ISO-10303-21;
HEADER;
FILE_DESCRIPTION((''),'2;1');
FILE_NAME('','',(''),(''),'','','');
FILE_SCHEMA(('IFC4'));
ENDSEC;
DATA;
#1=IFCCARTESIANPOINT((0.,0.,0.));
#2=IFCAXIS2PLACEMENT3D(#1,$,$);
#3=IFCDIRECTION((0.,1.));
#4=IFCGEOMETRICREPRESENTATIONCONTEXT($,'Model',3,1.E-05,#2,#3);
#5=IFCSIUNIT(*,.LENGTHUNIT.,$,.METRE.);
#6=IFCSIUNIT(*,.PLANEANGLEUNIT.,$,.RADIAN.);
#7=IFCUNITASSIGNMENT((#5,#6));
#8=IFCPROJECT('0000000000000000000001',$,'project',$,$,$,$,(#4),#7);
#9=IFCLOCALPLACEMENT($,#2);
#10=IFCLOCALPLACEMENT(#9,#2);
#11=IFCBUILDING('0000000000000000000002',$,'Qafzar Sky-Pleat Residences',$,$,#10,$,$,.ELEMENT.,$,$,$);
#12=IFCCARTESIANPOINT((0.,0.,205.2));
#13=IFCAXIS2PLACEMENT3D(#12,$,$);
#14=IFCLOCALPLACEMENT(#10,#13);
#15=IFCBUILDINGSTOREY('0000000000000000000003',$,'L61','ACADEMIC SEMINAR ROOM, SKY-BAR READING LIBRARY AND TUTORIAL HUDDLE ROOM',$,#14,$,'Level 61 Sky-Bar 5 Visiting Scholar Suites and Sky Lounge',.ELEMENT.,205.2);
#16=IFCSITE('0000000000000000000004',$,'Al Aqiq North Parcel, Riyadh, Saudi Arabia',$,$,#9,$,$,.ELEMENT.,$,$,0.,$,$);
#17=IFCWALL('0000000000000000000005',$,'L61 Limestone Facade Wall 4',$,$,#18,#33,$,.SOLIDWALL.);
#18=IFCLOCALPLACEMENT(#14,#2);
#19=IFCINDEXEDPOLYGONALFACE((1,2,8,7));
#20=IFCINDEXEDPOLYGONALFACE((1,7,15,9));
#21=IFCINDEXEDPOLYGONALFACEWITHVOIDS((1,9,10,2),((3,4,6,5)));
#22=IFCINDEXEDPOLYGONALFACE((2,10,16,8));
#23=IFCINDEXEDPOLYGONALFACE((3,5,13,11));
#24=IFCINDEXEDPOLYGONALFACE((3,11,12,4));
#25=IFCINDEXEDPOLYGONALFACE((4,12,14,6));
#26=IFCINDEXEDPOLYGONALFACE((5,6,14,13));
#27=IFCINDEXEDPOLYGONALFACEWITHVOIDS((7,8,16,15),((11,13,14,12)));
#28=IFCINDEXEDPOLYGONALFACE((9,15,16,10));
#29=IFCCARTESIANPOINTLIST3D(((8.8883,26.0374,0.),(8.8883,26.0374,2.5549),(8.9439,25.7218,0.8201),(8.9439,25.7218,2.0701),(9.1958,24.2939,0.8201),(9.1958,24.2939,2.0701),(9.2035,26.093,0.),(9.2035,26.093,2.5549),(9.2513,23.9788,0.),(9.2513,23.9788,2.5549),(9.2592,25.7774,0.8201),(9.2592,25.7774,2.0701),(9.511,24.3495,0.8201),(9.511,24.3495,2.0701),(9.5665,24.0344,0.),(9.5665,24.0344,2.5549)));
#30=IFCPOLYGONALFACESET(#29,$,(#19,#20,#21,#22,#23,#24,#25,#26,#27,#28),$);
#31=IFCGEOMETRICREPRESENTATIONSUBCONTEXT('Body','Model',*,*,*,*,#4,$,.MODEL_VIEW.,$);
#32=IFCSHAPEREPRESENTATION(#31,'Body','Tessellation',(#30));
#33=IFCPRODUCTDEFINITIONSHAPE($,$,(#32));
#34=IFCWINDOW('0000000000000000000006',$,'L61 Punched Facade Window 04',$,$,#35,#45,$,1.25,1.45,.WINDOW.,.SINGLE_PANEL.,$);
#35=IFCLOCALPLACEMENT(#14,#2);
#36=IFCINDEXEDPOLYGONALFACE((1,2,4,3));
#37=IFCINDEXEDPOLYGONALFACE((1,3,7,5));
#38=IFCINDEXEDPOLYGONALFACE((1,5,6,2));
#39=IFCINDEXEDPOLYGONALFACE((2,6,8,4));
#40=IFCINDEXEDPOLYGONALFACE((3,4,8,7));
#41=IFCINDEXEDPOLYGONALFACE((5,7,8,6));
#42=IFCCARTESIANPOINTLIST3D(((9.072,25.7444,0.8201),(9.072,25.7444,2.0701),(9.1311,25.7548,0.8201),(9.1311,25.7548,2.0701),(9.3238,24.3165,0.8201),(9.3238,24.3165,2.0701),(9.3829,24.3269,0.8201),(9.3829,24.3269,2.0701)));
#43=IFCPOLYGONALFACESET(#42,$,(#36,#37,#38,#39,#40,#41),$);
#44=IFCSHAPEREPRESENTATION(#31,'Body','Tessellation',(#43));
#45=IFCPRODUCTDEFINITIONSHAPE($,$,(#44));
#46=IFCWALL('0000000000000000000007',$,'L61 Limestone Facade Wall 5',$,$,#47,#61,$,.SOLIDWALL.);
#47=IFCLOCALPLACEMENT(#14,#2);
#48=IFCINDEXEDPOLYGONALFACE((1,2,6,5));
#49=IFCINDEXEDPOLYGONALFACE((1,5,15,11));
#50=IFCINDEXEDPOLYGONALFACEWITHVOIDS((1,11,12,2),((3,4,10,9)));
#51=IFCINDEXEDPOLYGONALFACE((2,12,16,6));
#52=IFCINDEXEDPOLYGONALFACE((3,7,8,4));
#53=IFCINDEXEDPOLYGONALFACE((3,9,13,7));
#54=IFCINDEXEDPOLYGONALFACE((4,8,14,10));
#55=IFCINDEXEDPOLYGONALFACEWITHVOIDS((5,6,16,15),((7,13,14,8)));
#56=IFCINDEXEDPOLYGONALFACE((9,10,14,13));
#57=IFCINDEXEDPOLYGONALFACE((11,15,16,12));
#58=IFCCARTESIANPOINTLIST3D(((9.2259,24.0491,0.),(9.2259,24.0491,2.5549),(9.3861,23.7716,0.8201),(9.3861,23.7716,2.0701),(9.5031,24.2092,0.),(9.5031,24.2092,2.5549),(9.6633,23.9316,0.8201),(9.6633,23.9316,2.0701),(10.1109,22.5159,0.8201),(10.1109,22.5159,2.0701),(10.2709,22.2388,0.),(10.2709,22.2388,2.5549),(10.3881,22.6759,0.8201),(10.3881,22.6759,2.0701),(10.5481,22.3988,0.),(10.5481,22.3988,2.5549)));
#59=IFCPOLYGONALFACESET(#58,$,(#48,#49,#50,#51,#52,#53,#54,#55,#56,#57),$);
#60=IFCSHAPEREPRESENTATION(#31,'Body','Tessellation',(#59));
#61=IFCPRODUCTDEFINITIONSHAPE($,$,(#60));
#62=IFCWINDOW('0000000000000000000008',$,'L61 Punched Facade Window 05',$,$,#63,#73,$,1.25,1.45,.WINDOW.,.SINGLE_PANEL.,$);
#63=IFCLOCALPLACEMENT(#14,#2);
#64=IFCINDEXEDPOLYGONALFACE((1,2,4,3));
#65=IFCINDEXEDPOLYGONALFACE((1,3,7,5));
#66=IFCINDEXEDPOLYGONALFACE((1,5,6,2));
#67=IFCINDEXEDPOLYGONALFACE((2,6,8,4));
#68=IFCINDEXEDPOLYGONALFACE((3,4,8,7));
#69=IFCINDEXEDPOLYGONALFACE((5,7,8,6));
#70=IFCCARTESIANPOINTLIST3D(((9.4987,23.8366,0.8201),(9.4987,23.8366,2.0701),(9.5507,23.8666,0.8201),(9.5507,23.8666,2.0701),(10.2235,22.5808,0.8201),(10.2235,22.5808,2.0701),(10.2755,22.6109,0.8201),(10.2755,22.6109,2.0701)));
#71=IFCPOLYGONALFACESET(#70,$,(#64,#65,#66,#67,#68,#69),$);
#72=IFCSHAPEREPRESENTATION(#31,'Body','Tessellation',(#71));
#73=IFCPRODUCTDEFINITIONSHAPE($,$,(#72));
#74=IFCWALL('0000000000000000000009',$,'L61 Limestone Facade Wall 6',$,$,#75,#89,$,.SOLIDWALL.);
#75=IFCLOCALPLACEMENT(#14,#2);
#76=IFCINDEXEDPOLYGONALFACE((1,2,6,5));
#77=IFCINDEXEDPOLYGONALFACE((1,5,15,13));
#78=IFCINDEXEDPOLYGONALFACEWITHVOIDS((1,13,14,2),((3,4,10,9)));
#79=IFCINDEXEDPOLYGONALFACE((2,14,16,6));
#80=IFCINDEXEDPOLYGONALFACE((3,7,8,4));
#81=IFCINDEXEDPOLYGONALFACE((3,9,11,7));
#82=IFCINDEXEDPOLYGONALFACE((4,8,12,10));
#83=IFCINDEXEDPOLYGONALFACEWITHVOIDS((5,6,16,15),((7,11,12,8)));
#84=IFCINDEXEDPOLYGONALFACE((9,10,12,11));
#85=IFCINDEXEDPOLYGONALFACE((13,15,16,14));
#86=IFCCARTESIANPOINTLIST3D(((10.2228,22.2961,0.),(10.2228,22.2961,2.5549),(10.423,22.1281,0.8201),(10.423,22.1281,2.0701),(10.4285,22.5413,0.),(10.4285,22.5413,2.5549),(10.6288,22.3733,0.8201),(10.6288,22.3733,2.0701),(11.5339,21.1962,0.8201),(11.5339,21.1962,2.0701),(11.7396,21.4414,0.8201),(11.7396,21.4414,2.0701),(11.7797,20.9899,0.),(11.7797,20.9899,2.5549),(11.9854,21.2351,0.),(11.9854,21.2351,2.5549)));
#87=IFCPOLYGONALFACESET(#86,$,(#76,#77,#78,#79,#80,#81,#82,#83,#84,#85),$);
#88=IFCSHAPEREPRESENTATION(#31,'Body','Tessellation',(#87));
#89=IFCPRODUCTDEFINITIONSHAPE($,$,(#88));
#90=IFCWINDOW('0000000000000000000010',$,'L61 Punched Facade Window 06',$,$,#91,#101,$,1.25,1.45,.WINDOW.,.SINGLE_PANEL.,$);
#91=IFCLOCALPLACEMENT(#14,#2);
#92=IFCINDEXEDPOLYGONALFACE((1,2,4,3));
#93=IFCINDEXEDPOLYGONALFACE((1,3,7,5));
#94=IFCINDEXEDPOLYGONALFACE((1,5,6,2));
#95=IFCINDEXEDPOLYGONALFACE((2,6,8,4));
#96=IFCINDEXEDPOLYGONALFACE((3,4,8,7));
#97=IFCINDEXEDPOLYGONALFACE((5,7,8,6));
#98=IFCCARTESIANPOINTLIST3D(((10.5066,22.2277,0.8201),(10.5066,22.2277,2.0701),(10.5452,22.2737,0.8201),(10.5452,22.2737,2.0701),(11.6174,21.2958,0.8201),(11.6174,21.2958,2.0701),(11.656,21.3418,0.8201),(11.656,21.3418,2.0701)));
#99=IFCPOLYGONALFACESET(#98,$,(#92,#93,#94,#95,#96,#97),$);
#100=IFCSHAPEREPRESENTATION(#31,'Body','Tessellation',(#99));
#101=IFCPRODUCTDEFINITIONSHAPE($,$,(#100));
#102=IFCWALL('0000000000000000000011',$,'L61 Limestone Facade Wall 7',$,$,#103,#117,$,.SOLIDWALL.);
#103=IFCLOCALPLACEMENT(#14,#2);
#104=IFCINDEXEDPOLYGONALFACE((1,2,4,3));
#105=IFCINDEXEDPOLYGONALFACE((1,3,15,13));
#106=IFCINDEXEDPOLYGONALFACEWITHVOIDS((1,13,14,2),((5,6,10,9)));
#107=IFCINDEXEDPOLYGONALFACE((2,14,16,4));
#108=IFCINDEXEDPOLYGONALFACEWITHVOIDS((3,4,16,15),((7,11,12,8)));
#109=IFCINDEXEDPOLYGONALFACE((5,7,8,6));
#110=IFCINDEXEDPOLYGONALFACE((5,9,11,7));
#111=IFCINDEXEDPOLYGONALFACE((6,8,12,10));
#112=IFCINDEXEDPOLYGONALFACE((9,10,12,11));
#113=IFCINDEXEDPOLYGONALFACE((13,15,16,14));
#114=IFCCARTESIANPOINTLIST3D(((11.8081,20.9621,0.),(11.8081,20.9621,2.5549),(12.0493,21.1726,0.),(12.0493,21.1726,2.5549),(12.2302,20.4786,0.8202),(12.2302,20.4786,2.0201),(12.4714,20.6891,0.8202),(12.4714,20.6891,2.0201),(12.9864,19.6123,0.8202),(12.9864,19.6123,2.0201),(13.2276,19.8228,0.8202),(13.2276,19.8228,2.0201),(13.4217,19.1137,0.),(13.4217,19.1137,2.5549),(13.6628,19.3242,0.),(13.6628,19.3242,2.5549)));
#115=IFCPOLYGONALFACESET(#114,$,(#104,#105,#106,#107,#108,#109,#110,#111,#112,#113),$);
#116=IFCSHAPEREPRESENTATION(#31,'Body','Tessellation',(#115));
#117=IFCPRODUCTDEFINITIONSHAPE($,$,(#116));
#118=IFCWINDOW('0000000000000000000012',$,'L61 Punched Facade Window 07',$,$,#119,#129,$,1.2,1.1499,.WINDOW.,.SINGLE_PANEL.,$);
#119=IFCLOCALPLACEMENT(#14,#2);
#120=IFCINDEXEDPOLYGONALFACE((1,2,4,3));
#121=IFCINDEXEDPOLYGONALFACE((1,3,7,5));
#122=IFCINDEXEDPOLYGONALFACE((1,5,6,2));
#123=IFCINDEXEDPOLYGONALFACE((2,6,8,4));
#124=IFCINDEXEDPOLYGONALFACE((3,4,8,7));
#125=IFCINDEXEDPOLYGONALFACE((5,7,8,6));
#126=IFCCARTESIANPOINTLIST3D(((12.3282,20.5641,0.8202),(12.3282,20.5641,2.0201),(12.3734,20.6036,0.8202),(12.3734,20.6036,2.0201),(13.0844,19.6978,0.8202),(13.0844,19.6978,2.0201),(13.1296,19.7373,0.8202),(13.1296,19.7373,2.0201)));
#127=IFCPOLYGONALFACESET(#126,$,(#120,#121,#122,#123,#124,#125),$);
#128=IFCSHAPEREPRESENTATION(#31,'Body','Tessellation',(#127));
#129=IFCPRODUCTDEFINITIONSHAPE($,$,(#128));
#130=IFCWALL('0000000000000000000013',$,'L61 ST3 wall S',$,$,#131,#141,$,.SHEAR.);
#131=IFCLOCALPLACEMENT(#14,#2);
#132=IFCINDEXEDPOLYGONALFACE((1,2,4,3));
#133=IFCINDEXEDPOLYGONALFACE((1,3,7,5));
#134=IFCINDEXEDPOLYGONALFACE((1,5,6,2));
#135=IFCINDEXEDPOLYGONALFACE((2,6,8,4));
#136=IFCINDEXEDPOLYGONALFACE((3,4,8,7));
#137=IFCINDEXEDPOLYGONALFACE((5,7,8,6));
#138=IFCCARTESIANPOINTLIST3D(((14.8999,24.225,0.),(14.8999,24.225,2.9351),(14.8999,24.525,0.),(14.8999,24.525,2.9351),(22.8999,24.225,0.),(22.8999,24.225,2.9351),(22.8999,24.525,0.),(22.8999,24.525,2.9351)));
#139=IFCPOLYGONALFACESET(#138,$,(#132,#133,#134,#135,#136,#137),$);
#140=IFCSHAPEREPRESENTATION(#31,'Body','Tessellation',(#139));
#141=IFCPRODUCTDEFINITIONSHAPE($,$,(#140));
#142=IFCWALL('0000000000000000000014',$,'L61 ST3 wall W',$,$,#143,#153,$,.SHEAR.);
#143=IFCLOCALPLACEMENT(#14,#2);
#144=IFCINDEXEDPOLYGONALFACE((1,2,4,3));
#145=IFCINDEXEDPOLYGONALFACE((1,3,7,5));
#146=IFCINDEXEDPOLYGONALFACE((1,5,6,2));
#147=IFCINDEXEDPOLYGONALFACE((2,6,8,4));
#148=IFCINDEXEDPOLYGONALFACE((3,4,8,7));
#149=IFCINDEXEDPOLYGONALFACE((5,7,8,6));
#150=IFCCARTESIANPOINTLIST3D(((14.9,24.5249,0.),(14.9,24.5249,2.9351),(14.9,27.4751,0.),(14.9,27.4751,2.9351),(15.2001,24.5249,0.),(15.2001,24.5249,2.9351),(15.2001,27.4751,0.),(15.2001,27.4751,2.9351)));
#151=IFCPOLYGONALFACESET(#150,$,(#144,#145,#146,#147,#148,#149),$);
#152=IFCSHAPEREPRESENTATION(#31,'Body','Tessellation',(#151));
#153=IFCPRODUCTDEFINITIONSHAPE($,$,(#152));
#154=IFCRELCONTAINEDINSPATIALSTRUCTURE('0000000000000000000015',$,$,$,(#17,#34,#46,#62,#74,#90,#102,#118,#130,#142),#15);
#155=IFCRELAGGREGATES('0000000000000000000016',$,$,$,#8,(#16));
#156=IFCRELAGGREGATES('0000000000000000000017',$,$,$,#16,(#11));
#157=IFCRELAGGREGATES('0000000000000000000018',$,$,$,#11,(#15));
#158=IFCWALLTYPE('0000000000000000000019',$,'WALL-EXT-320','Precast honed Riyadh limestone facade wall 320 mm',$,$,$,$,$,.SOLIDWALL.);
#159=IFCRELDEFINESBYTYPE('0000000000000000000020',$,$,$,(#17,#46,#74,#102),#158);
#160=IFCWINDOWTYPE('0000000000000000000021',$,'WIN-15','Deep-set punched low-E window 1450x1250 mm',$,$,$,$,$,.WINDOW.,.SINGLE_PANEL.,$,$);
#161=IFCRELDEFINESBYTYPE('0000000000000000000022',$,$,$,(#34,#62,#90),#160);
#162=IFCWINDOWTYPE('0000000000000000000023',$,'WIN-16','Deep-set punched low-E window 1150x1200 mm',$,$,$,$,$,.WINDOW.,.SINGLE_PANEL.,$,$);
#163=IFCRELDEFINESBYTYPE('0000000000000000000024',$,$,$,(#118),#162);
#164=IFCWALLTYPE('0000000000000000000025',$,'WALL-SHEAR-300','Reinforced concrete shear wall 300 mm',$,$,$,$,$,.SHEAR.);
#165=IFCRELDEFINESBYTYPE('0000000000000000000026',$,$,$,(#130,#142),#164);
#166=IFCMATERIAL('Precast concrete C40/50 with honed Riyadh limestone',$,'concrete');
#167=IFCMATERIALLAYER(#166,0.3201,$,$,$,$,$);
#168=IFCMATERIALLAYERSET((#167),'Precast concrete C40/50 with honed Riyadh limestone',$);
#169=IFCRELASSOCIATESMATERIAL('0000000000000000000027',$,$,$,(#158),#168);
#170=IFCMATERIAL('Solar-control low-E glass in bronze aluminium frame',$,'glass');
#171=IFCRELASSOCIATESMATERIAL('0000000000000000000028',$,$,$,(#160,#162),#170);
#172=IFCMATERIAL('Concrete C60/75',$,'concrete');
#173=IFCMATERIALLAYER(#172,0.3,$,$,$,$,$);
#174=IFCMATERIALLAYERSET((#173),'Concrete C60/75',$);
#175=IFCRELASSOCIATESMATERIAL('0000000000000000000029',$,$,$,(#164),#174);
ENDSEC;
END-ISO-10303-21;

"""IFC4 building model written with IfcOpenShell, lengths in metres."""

from ifc_helpers import new_model, si_unit, direction, frame, frame_2d, origin, place, context, subcontext, project, spatial, rectangle, extrude, source, transform, mapped, material, layer, layer_set, type_object, element, fill, save


model = new_model("IFC4")

# Units and contexts
model_context = context("Model", 3, precision=1e-05, world=origin(), true_north=direction((0.0, 1.0)))
body_context = subcontext(model_context, "Body", "Model", "MODEL_VIEW")
ifc_project = project(units=[si_unit("LENGTHUNIT", "METRE"), si_unit("PLANEANGLEUNIT", "RADIAN")], contexts=[model_context])

# Site, building, storey
site_placement = place(None, origin())
site = spatial("IfcSite", under=ifc_project, at=site_placement, Name="Al Aqiq North Parcel, Riyadh, Saudi Arabia", CompositionType="ELEMENT", RefElevation=0.0)
building_placement = place(site_placement, origin())
building = spatial("IfcBuilding", under=site, at=building_placement, Name="Qafzar Sky-Pleat Residences", CompositionType="ELEMENT")
storey_placement = place(building_placement, frame((0.0, 0.0, 205.2)))
storey = spatial("IfcBuildingStorey", under=building, at=storey_placement, Name="L61", Description="ACADEMIC SEMINAR ROOM, SKY-BAR READING LIBRARY AND TUTORIAL HUDDLE ROOM", LongName="Level 61 Sky-Bar 5 Visiting Scholar Suites and Sky Lounge", CompositionType="ELEMENT", Elevation=205.2)

# Walls, openings, windows
ifc_material_1 = material(Name="Precast concrete C40/50 with honed Riyadh limestone", Category="concrete")
ifc_layer_1 = layer(ifc_material_1, 0.3201)
ifc_layer_set_1 = layer_set([ifc_layer_1], Name="Precast concrete C40/50 with honed Riyadh limestone")
wall_type_1 = type_object("IfcWallType", Name="WALL-EXT-320", Description="Precast honed Riyadh limestone facade wall 320 mm", PredefinedType="SOLIDWALL", material=ifc_layer_set_1)
ifc_material_2 = material(Name="Solar-control low-E glass in bronze aluminium frame", Category="glass")
wall_1_placement = place(storey_placement, frame((9.0459, 26.0652, 0.0), z_axis=(0.0, 0.0, 1.0), x_axis=(0.173672, -0.984804, 0.0)))
wall_1 = element("IfcWall", 1, at=wall_1_placement, inside=storey, type_object=wall_type_1, Name="L61 Limestone Facade Wall 4", PredefinedType="SOLIDWALL", context=body_context, shape_type="SweptSolid", body=[
    extrude(rectangle(XDim=2.0903, YDim=0.3201, at=frame_2d((1.0452, 0.0))), origin(), (0.0, 0.0, 1.0), 2.5549),
])
opening_1_placement = place(wall_1_placement, frame((0.3203, 0.0, 0.8201)))
opening_1 = element("IfcOpeningElement", 2, at=opening_1_placement, cuts=wall_1, PredefinedType="OPENING", context=body_context, shape_type="SweptSolid", body=[
    extrude(rectangle(XDim=1.45, YDim=1.25, at=frame_2d((0.7251, 0.625))), frame((0.0, 0.1699, 0.0), z_axis=(0.0, -1.0, 0.0), x_axis=(1.0, 0.0, 0.0)), (0.0, 0.0, 1.0), 0.3401),
])
window_type_1 = type_object("IfcWindowType", Name="WIN-15", Description="Deep-set punched low-E window 1450x1250 mm", PartitioningType="SINGLE_PANEL", PredefinedType="WINDOW", material=ifc_material_2)
shared_shape_1 = source(origin(), body_context, "Body", "SweptSolid", [
    extrude(rectangle(XDim=1.45, YDim=1.25, at=frame_2d((0.7251, 0.625))), frame((0.0, 0.03, 0.0), z_axis=(0.0, -1.0, 0.0), x_axis=(1.0, 0.0, 0.0)), (0.0, 0.0, 1.0), 0.0601),
])
window_1_placement = place(opening_1_placement, origin())
window_1 = element("IfcWindow", 3, at=window_1_placement, inside=storey, type_object=window_type_1, Name="L61 Punched Facade Window 04", OverallHeight=1.25, OverallWidth=1.45, PartitioningType="SINGLE_PANEL", PredefinedType="WINDOW", context=body_context, shape_type="MappedRepresentation", body=[
    mapped(shared_shape_1, transform((0.0, 0.0, 0.0), x_axis=(1.0, 0.0, 0.0), y_axis=(0.0, 1.0, 0.0), z_axis=(0.0, 0.0, 1.0), scale=1.0)),
])
fill(opening_1, window_1)
wall_2_placement = place(storey_placement, frame((9.3645, 24.1292, 0.0), z_axis=(0.0, 0.0, 1.0), x_axis=(0.499908, -0.866079, 0.0)))
wall_2 = element("IfcWall", 4, at=wall_2_placement, inside=storey, type_object=wall_type_1, Name="L61 Limestone Facade Wall 5", PredefinedType="SOLIDWALL", context=body_context, shape_type="SweptSolid", body=[
    extrude(rectangle(XDim=2.0903, YDim=0.3201, at=frame_2d((1.0452, 0.0))), origin(), (0.0, 0.0, 1.0), 2.5549),
])
opening_2_placement = place(wall_2_placement, frame((0.3203, 0.0, 0.8201)))
opening_2 = element("IfcOpeningElement", 5, at=opening_2_placement, cuts=wall_2, PredefinedType="OPENING", context=body_context, shape_type="SweptSolid", body=[
    extrude(rectangle(XDim=1.45, YDim=1.25, at=frame_2d((0.7251, 0.625))), frame((0.0, 0.1699, 0.0), z_axis=(0.0, -1.0, 0.0), x_axis=(1.0, 0.0, 0.0)), (0.0, 0.0, 1.0), 0.3401),
])
window_2_placement = place(opening_2_placement, origin())
window_2 = element("IfcWindow", 6, at=window_2_placement, inside=storey, type_object=window_type_1, Name="L61 Punched Facade Window 05", OverallHeight=1.25, OverallWidth=1.45, PartitioningType="SINGLE_PANEL", PredefinedType="WINDOW", context=body_context, shape_type="MappedRepresentation", body=[
    mapped(shared_shape_1, transform((0.0, 0.0, 0.0), x_axis=(1.0, 0.0, 0.0), y_axis=(0.0, 1.0, 0.0), z_axis=(0.0, 0.0, 1.0), scale=1.0)),
])
fill(opening_2, window_2)
wall_3_placement = place(storey_placement, frame((10.3257, 22.4187, 0.0), z_axis=(0.0, 0.0, 1.0), x_axis=(0.7661, -0.642721, 0.0)))
wall_3 = element("IfcWall", 7, at=wall_3_placement, inside=storey, type_object=wall_type_1, Name="L61 Limestone Facade Wall 6", PredefinedType="SOLIDWALL", context=body_context, shape_type="SweptSolid", body=[
    extrude(rectangle(XDim=2.0322, YDim=0.3201, at=frame_2d((1.0161, 0.0))), origin(), (0.0, 0.0, 1.0), 2.5549),
])
opening_3_placement = place(wall_3_placement, frame((0.2612, 0.0, 0.8201)))
opening_3 = element("IfcOpeningElement", 8, at=opening_3_placement, cuts=wall_3, PredefinedType="OPENING", context=body_context, shape_type="SweptSolid", body=[
    extrude(rectangle(XDim=1.45, YDim=1.25, at=frame_2d((0.7251, 0.625))), frame((0.0, 0.1699, 0.0), z_axis=(0.0, -1.0, 0.0), x_axis=(1.0, 0.0, 0.0)), (0.0, 0.0, 1.0), 0.3401),
])
window_3_placement = place(opening_3_placement, origin())
window_3 = element("IfcWindow", 9, at=window_3_placement, inside=storey, type_object=window_type_1, Name="L61 Punched Facade Window 06", OverallHeight=1.25, OverallWidth=1.45, PartitioningType="SINGLE_PANEL", PredefinedType="WINDOW", context=body_context, shape_type="MappedRepresentation", body=[
    mapped(shared_shape_1, transform((0.0, 0.0, 0.0), x_axis=(1.0, 0.0, 0.0), y_axis=(0.0, 1.0, 0.0), z_axis=(0.0, 0.0, 1.0), scale=1.0)),
])
fill(opening_3, window_3)
wall_4_placement = place(storey_placement, frame((11.9287, 21.0674, 0.0), z_axis=(0.0, 0.0, 1.0), x_axis=(0.657624, -0.753347, 0.0)))
wall_4 = element("IfcWall", 10, at=wall_4_placement, inside=storey, type_object=wall_type_1, Name="L61 Limestone Facade Wall 7", PredefinedType="SOLIDWALL", context=body_context, shape_type="SweptSolid", body=[
    extrude(rectangle(XDim=2.4536, YDim=0.3201, at=frame_2d((1.2268, 0.0))), origin(), (0.0, 0.0, 1.0), 2.5549),
])
opening_4_placement = place(wall_4_placement, frame((0.6418, 0.0, 0.8201)))
opening_4 = element("IfcOpeningElement", 11, at=opening_4_placement, cuts=wall_4, PredefinedType="OPENING", context=body_context, shape_type="SweptSolid", body=[
    extrude(rectangle(XDim=1.1499, YDim=1.2, at=frame_2d((0.575, 0.6001))), frame((0.0, 0.1699, 0.0), z_axis=(0.0, -1.0, 0.0), x_axis=(1.0, 0.0, 0.0)), (0.0, 0.0, 1.0), 0.3401),
])
window_type_2 = type_object("IfcWindowType", Name="WIN-16", Description="Deep-set punched low-E window 1150x1200 mm", PartitioningType="SINGLE_PANEL", PredefinedType="WINDOW", material=ifc_material_2)
shared_shape_2 = source(origin(), body_context, "Body", "SweptSolid", [
    extrude(rectangle(XDim=1.1499, YDim=1.2, at=frame_2d((0.575, 0.6001))), frame((0.0, 0.03, 0.0), z_axis=(0.0, -1.0, 0.0), x_axis=(1.0, 0.0, 0.0)), (0.0, 0.0, 1.0), 0.0601),
])
window_4_placement = place(opening_4_placement, origin())
window_4 = element("IfcWindow", 12, at=window_4_placement, inside=storey, type_object=window_type_2, Name="L61 Punched Facade Window 07", OverallHeight=1.2, OverallWidth=1.1499, PartitioningType="SINGLE_PANEL", PredefinedType="WINDOW", context=body_context, shape_type="MappedRepresentation", body=[
    mapped(shared_shape_2, transform((0.0, 0.0, 0.0), x_axis=(1.0, 0.0, 0.0), y_axis=(0.0, 1.0, 0.0), z_axis=(0.0, 0.0, 1.0), scale=1.0)),
])
fill(opening_4, window_4)

# Walls
ifc_material_3 = material(Name="Concrete C60/75", Category="concrete")
ifc_layer_2 = layer(ifc_material_3, 0.3)
ifc_layer_set_2 = layer_set([ifc_layer_2], Name="Concrete C60/75")
wall_type_2 = type_object("IfcWallType", Name="WALL-SHEAR-300", Description="Reinforced concrete shear wall 300 mm", PredefinedType="SHEAR", material=ifc_layer_set_2)
wall_5_placement = place(storey_placement, frame((14.8999, 24.375, 0.0), z_axis=(0.0, 0.0, 1.0), x_axis=(1.0, 0.0, 0.0)))
element("IfcWall", 13, at=wall_5_placement, inside=storey, type_object=wall_type_2, Name="L61 ST3 wall S", PredefinedType="SHEAR", context=body_context, shape_type="SweptSolid", body=[
    extrude(rectangle(XDim=8.0, YDim=0.3, at=frame_2d((4.0, 0.0))), origin(), (0.0, 0.0, 1.0), 2.9351),
])
wall_6_placement = place(storey_placement, frame((15.05, 27.4751, 0.0), z_axis=(0.0, 0.0, 1.0), x_axis=(0.0, -1.0, 0.0)))
element("IfcWall", 14, at=wall_6_placement, inside=storey, type_object=wall_type_2, Name="L61 ST3 wall W", PredefinedType="SHEAR", context=body_context, shape_type="SweptSolid", body=[
    extrude(rectangle(XDim=2.9502, YDim=0.3, at=frame_2d((1.4751, 0.0))), origin(), (0.0, 0.0, 1.0), 2.9351),
])

save(model, "model.ifc")
